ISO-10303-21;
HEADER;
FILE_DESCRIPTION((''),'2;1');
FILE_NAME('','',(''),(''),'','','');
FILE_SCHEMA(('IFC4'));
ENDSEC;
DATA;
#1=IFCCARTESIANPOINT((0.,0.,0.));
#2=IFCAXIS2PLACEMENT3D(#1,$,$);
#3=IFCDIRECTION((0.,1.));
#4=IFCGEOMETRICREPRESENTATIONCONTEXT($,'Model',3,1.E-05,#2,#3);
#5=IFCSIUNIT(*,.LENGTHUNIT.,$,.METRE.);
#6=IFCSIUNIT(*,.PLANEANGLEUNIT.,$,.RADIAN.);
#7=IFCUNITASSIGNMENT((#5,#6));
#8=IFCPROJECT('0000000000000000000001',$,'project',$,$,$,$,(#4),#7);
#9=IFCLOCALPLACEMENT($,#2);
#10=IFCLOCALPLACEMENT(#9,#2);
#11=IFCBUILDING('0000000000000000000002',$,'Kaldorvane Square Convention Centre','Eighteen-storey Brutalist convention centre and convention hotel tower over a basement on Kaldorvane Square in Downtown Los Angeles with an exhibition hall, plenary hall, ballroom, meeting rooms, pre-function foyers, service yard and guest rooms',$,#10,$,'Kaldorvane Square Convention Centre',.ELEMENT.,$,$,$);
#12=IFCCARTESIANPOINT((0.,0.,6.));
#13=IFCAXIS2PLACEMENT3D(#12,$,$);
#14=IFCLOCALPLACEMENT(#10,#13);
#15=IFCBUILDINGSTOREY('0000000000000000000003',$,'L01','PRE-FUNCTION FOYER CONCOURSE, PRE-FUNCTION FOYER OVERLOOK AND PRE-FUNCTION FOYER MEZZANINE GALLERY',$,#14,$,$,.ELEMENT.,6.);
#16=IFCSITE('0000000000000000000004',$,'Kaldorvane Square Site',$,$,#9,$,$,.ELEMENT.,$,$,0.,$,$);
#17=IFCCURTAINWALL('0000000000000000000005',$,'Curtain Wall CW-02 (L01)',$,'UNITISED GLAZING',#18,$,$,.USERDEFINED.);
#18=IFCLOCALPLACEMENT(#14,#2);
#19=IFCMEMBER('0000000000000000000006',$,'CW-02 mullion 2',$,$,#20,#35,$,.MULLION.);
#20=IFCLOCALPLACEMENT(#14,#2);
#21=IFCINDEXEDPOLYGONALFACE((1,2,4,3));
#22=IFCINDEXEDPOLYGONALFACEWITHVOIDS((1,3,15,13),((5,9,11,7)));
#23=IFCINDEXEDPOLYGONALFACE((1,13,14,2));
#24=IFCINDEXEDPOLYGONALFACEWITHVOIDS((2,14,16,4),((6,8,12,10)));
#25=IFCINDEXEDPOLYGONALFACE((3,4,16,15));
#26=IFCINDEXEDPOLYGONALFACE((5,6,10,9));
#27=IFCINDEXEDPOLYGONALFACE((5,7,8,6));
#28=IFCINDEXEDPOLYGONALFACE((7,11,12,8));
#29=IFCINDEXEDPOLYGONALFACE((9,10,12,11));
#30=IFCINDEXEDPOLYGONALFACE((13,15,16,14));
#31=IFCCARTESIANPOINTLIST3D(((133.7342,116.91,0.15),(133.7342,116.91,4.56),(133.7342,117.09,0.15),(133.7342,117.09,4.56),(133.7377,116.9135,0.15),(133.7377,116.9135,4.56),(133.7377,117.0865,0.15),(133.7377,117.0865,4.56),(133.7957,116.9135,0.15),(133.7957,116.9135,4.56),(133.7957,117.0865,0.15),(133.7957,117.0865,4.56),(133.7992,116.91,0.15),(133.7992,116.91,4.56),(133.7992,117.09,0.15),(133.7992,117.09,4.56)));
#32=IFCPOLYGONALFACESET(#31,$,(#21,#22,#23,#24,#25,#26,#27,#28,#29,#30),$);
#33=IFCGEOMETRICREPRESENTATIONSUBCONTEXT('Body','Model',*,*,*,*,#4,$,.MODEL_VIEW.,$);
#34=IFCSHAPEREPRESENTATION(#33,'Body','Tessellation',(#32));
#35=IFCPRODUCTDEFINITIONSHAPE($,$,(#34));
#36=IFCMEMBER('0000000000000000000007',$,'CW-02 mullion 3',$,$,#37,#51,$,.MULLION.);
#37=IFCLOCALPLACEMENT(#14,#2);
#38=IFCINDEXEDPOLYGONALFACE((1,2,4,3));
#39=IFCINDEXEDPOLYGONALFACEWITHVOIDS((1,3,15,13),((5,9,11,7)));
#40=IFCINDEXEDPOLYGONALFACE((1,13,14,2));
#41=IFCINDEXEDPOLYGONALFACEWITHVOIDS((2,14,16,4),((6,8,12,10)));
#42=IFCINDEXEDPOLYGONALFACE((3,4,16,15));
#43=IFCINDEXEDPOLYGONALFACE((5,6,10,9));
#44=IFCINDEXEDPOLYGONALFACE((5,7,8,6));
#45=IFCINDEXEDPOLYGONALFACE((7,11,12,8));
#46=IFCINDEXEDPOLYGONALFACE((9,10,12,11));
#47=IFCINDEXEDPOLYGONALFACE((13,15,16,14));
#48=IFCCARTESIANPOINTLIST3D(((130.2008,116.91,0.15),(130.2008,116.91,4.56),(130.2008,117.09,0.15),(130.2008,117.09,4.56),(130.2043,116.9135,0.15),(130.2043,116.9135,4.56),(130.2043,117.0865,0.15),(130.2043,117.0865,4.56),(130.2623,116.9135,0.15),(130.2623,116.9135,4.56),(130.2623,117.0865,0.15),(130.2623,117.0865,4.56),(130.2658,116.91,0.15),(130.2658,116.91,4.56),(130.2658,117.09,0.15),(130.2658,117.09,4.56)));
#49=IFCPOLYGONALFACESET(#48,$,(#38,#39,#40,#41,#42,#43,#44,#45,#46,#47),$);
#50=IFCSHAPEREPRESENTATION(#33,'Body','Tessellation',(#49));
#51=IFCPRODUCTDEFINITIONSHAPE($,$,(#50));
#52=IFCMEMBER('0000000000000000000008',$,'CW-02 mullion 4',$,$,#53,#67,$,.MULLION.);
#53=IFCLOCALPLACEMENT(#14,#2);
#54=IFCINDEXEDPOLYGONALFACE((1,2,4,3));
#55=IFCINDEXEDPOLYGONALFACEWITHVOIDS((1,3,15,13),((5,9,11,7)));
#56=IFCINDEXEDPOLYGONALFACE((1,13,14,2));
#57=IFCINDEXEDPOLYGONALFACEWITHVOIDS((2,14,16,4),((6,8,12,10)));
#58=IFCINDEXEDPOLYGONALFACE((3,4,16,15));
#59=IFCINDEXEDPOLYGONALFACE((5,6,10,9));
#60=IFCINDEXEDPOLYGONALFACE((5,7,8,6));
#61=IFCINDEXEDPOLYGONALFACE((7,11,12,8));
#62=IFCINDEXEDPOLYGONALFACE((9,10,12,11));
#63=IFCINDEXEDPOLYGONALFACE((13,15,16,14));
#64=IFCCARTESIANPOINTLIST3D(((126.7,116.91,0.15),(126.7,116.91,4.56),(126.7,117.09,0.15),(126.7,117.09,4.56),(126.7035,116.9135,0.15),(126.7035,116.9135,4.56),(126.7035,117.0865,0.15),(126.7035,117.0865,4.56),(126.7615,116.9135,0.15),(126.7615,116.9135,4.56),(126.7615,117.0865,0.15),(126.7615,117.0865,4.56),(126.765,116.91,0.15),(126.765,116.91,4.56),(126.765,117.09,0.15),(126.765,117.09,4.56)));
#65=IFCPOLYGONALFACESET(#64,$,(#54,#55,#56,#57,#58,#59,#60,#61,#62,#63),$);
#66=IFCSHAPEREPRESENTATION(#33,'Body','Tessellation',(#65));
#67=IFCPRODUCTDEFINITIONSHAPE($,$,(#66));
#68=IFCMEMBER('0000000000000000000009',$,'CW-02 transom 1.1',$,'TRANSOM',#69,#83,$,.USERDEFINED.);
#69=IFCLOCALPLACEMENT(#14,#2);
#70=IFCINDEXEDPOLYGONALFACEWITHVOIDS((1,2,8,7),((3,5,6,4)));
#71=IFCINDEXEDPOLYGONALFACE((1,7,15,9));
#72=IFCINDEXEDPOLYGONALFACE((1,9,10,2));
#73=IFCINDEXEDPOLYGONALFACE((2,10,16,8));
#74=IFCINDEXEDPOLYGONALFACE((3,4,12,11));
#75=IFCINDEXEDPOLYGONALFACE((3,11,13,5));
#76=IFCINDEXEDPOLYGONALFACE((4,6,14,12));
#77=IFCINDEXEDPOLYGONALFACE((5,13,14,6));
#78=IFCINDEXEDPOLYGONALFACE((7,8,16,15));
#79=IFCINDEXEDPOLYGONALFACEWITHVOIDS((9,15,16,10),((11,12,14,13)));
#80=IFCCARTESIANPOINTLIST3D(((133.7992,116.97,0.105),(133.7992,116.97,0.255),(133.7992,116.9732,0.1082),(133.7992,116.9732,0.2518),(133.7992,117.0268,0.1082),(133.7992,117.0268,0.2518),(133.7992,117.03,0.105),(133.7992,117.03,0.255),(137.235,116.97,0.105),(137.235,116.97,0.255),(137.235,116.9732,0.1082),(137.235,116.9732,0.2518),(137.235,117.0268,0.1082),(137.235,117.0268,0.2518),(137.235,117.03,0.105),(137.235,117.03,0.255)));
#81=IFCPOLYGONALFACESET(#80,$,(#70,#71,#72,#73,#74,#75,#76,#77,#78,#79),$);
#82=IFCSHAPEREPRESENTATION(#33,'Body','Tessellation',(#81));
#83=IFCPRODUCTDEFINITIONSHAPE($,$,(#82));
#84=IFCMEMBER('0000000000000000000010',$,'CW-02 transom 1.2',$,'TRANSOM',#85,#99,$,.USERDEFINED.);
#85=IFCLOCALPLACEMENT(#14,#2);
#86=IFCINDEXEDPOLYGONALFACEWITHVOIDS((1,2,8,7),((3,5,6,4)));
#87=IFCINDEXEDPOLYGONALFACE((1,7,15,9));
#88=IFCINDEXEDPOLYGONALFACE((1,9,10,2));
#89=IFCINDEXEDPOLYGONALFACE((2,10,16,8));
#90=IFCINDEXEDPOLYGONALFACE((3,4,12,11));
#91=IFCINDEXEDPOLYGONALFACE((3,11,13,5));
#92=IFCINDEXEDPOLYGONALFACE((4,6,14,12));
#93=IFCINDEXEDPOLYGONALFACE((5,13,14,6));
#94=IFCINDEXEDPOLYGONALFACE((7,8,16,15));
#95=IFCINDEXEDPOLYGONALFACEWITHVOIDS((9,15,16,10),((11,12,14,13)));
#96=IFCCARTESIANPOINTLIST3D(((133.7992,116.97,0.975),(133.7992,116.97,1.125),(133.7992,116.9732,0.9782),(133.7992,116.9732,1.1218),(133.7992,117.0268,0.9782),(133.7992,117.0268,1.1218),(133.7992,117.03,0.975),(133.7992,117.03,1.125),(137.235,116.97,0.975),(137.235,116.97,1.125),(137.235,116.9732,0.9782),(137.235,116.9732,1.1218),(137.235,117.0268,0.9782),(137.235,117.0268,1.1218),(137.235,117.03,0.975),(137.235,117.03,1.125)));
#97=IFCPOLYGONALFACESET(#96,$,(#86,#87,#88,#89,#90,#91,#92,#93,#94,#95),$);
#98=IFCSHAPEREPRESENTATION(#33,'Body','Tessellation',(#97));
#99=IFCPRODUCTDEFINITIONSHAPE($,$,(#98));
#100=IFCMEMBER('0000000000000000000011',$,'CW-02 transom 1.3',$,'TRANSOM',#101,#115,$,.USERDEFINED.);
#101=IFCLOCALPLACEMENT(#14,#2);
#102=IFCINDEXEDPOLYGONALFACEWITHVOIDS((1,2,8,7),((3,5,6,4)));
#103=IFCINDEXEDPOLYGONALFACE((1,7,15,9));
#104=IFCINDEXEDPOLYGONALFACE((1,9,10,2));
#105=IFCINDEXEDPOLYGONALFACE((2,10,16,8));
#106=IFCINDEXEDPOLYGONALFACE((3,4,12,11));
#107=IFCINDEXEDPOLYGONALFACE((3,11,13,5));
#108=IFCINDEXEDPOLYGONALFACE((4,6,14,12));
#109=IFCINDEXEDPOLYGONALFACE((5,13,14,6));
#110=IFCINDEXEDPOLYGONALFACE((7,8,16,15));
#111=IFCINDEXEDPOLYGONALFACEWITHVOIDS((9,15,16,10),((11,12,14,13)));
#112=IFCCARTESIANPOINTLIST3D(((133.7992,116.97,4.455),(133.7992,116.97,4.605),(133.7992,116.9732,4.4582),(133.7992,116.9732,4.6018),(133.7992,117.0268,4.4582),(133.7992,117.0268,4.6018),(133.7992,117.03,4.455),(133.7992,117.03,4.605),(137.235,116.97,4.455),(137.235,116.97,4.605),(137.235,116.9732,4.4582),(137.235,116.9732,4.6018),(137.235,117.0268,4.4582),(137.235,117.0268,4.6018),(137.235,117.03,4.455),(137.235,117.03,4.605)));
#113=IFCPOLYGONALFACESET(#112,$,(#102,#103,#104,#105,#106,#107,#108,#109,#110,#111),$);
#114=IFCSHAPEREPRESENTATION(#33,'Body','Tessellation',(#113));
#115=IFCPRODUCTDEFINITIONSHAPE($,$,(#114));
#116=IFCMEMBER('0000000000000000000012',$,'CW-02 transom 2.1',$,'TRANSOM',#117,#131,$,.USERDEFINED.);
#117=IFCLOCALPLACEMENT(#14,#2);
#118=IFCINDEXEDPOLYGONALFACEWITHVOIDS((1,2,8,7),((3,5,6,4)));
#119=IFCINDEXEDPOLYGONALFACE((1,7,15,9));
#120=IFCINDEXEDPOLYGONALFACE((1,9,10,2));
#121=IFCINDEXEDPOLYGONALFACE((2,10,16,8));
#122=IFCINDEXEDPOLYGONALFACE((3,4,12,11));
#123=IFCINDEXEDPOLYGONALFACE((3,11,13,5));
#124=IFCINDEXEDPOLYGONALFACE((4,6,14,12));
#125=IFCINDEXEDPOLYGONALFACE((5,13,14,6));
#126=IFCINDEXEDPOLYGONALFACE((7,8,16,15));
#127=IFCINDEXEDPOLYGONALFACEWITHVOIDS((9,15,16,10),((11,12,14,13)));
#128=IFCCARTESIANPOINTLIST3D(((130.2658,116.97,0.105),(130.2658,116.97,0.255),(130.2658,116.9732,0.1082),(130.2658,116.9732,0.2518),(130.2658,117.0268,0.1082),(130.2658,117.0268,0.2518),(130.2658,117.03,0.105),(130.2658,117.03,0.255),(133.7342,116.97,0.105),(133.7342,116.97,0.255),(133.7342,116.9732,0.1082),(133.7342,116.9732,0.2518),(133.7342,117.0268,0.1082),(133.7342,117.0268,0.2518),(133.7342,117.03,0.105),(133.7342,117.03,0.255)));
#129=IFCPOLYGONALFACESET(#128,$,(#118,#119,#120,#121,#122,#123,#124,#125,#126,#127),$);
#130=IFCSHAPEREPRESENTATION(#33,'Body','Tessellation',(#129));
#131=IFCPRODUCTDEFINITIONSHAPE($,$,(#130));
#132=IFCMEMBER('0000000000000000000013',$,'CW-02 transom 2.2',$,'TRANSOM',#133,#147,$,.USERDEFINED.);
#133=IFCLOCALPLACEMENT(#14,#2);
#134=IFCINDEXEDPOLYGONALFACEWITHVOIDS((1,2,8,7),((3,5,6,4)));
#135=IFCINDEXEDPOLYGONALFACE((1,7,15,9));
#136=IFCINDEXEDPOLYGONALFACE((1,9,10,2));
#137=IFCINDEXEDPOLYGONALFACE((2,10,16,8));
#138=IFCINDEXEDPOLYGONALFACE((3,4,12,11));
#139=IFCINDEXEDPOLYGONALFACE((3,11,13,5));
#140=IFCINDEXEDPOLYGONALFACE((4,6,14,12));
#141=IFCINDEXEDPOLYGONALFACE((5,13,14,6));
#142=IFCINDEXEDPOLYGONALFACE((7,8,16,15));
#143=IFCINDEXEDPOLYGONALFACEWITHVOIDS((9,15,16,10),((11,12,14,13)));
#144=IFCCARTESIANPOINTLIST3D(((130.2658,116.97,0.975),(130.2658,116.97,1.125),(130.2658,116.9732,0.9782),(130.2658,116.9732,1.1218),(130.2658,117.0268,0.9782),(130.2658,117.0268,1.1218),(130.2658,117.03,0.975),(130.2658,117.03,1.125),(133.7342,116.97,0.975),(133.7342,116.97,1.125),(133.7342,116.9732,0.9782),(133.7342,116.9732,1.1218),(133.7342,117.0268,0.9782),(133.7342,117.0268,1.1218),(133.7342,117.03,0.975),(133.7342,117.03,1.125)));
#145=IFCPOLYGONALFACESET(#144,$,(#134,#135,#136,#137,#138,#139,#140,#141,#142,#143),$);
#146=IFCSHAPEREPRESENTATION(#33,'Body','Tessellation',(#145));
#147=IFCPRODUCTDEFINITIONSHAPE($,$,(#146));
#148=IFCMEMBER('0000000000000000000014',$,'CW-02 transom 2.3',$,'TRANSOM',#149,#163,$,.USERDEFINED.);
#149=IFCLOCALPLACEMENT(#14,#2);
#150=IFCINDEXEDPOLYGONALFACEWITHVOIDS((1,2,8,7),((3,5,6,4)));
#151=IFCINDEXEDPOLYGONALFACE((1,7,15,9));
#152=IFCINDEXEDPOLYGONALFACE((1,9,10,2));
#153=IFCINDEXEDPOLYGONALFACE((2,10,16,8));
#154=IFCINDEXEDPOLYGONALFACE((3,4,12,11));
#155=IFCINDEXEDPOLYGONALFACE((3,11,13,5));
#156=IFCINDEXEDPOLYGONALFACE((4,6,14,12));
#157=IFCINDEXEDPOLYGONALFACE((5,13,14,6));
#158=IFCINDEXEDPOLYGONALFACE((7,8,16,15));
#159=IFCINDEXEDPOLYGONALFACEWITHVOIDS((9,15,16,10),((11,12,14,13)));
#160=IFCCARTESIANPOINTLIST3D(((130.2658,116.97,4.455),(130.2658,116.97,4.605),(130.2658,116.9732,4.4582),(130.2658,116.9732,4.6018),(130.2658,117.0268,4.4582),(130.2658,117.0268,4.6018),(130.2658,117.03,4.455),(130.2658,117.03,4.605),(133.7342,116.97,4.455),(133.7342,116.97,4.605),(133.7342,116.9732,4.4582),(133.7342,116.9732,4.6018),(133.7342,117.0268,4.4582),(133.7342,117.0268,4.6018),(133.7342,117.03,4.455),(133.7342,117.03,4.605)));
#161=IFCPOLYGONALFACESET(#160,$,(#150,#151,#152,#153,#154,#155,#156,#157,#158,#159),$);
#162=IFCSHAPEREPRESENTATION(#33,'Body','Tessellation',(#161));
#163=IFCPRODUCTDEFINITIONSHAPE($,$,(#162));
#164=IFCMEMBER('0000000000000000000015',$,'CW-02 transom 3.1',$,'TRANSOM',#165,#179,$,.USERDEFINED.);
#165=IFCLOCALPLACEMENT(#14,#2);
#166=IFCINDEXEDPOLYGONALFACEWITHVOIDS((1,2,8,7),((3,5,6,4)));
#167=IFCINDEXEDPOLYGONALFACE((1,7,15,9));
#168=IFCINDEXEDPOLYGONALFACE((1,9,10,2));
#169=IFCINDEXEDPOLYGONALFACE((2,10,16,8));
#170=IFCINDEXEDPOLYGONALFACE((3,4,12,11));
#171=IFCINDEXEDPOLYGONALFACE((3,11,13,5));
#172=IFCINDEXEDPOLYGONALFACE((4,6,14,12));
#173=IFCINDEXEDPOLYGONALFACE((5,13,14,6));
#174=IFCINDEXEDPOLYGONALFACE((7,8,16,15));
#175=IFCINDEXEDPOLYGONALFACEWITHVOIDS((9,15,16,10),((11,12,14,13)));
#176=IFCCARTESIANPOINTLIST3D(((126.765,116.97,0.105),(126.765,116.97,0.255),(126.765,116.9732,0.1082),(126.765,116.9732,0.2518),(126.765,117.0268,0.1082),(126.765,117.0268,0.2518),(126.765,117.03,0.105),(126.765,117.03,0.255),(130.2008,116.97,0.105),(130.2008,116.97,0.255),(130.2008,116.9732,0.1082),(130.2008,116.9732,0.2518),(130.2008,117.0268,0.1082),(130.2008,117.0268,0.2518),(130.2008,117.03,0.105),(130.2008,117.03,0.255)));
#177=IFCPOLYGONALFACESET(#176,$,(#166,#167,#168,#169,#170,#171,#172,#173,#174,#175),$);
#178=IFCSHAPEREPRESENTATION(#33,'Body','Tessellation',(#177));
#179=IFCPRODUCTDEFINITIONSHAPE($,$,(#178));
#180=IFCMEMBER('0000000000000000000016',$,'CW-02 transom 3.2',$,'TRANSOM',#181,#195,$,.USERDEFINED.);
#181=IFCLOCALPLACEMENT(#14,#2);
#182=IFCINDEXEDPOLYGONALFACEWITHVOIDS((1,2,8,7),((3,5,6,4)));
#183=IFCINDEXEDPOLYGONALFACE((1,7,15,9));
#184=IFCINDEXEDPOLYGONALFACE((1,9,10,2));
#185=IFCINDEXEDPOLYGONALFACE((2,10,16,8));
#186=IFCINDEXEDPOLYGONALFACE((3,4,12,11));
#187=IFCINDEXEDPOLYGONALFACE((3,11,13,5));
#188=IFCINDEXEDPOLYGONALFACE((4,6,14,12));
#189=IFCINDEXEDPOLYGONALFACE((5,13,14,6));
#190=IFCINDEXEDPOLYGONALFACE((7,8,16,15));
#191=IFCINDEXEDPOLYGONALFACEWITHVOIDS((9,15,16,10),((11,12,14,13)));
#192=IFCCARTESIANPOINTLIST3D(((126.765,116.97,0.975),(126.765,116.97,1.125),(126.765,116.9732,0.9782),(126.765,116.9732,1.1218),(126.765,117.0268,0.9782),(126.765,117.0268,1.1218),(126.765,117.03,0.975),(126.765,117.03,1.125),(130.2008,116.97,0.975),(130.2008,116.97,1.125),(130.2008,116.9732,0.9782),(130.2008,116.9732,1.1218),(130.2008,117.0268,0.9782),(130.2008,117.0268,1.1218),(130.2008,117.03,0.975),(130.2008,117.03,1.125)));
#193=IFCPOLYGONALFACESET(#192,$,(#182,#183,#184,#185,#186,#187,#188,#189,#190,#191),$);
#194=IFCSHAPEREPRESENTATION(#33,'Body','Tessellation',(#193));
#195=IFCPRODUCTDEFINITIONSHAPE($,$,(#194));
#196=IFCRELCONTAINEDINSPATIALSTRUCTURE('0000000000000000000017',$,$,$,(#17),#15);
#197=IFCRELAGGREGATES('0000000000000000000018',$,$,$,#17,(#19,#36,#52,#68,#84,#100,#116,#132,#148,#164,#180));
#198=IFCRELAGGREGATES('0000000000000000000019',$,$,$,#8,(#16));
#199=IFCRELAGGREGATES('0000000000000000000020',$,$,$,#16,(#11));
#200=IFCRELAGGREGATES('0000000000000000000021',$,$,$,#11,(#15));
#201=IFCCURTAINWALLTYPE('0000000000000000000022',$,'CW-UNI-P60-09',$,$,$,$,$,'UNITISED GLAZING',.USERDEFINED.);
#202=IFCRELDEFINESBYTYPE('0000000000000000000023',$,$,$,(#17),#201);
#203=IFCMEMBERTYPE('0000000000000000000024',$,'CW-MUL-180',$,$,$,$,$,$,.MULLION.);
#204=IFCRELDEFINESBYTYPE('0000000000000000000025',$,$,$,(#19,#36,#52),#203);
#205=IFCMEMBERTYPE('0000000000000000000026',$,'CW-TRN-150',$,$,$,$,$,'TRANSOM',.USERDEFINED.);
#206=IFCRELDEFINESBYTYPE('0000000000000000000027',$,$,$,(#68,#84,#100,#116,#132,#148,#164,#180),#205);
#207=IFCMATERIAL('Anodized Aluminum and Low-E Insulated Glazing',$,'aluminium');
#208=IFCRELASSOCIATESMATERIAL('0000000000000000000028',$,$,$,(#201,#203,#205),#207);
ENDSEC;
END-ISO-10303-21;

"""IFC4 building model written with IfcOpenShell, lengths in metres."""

from ifc_helpers import new_model, si_unit, direction, frame, origin, origin_2d, place, context, subcontext, project, spatial, hollow_rectangle, extrude, material, material_profile, profile_set, type_object, element, aggregate, save


model = new_model("IFC4")

# Units and contexts
model_context = context("Model", 3, precision=1e-05, world=origin(), true_north=direction((0.0, 1.0)))
body_context = subcontext(model_context, "Body", "Model", "MODEL_VIEW")
ifc_project = project(units=[si_unit("LENGTHUNIT", "METRE"), si_unit("PLANEANGLEUNIT", "RADIAN")], contexts=[model_context])

# Site, building, storey
site_placement = place(None, origin())
site = spatial("IfcSite", under=ifc_project, at=site_placement, Name="Kaldorvane Square Site", CompositionType="ELEMENT", RefElevation=0.0)
building_placement = place(site_placement, origin())
building = spatial("IfcBuilding", under=site, at=building_placement, Name="Kaldorvane Square Convention Centre", Description="Eighteen-storey Brutalist convention centre and convention hotel tower over a basement on Kaldorvane Square in Downtown Los Angeles with an exhibition hall, plenary hall, ballroom, meeting rooms, pre-function foyers, service yard and guest rooms", LongName="Kaldorvane Square Convention Centre", CompositionType="ELEMENT")
storey_placement = place(building_placement, frame((0.0, 0.0, 6.0)))
storey = spatial("IfcBuildingStorey", under=building, at=storey_placement, Name="L01", Description="PRE-FUNCTION FOYER CONCOURSE, PRE-FUNCTION FOYER OVERLOOK AND PRE-FUNCTION FOYER MEZZANINE GALLERY", CompositionType="ELEMENT", Elevation=6.0)

# Curtain wall, members
ifc_material_1 = material(Name="Anodized Aluminum and Low-E Insulated Glazing", Category="aluminium")
curtain_wall_type = type_object("IfcCurtainWallType", Name="CW-UNI-P60-09", ElementType="UNITISED GLAZING", PredefinedType="USERDEFINED", material=ifc_material_1)
curtain_wall_placement = place(storey_placement, origin())
curtain_wall = element("IfcCurtainWall", 1, at=curtain_wall_placement, inside=storey, type_object=curtain_wall_type, Name="Curtain Wall CW-02 (L01)", ObjectType="UNITISED GLAZING", PredefinedType="USERDEFINED")
ifc_material_profile_1 = material_profile(ifc_material_1, hollow_rectangle(XDim=0.065, YDim=0.18, WallThickness=0.0035, at=origin_2d()), Name="CWM-180X65")
ifc_profile_set_1 = profile_set([ifc_material_profile_1], Name="Anodized Aluminum and Low-E Insulated Glazing")
member_type_1 = type_object("IfcMemberType", Name="CW-MUL-180", PredefinedType="MULLION", material=ifc_profile_set_1)
member_1_placement = place(storey_placement, frame((133.7667, 117.0, 0.15), z_axis=(0.0, 0.0, 1.0), x_axis=(-1.0, 0.0, 0.0)))
member_1 = element("IfcMember", 2, at=member_1_placement, type_object=member_type_1, Name="CW-02 mullion 2", PredefinedType="MULLION", context=body_context, shape_type="SweptSolid", body=[
    extrude(hollow_rectangle(XDim=0.065, YDim=0.18, WallThickness=0.0035, at=origin_2d()), origin(), (0.0, 0.0, 1.0), 4.41),
])
member_2_placement = place(storey_placement, frame((130.2333, 117.0, 0.15), z_axis=(0.0, 0.0, 1.0), x_axis=(-1.0, 0.0, 0.0)))
member_2 = element("IfcMember", 3, at=member_2_placement, type_object=member_type_1, Name="CW-02 mullion 3", PredefinedType="MULLION", context=body_context, shape_type="SweptSolid", body=[
    extrude(hollow_rectangle(XDim=0.065, YDim=0.18, WallThickness=0.0035, at=origin_2d()), origin(), (0.0, 0.0, 1.0), 4.41),
])
member_3_placement = place(storey_placement, frame((126.7325, 117.0, 0.15), z_axis=(0.0, 0.0, 1.0), x_axis=(-1.0, 0.0, 0.0)))
member_3 = element("IfcMember", 4, at=member_3_placement, type_object=member_type_1, Name="CW-02 mullion 4", PredefinedType="MULLION", context=body_context, shape_type="SweptSolid", body=[
    extrude(hollow_rectangle(XDim=0.065, YDim=0.18, WallThickness=0.0035, at=origin_2d()), origin(), (0.0, 0.0, 1.0), 4.41),
])
ifc_material_profile_2 = material_profile(ifc_material_1, hollow_rectangle(XDim=0.06, YDim=0.15, WallThickness=0.0032, at=origin_2d()), Name="CWT-150X60")
ifc_profile_set_2 = profile_set([ifc_material_profile_2], Name="Anodized Aluminum and Low-E Insulated Glazing")
member_type_2 = type_object("IfcMemberType", Name="CW-TRN-150", ElementType="TRANSOM", PredefinedType="USERDEFINED", material=ifc_profile_set_2)
member_4_placement = place(storey_placement, frame((137.235, 117.0, 0.18), z_axis=(-1.0, 0.0, 0.0), x_axis=(0.0, -1.0, 0.0)))
member_4 = element("IfcMember", 5, at=member_4_placement, type_object=member_type_2, Name="CW-02 transom 1.1", ObjectType="TRANSOM", PredefinedType="USERDEFINED", context=body_context, shape_type="SweptSolid", body=[
    extrude(hollow_rectangle(XDim=0.06, YDim=0.15, WallThickness=0.0032, at=origin_2d()), origin(), (0.0, 0.0, 1.0), 3.4358),
])
member_5_placement = place(storey_placement, frame((137.235, 117.0, 1.05), z_axis=(-1.0, 0.0, 0.0), x_axis=(0.0, -1.0, 0.0)))
member_5 = element("IfcMember", 6, at=member_5_placement, type_object=member_type_2, Name="CW-02 transom 1.2", ObjectType="TRANSOM", PredefinedType="USERDEFINED", context=body_context, shape_type="SweptSolid", body=[
    extrude(hollow_rectangle(XDim=0.06, YDim=0.15, WallThickness=0.0032, at=origin_2d()), origin(), (0.0, 0.0, 1.0), 3.4358),
])
member_6_placement = place(storey_placement, frame((137.235, 117.0, 4.53), z_axis=(-1.0, 0.0, 0.0), x_axis=(0.0, -1.0, 0.0)))
member_6 = element("IfcMember", 7, at=member_6_placement, type_object=member_type_2, Name="CW-02 transom 1.3", ObjectType="TRANSOM", PredefinedType="USERDEFINED", context=body_context, shape_type="SweptSolid", body=[
    extrude(hollow_rectangle(XDim=0.06, YDim=0.15, WallThickness=0.0032, at=origin_2d()), origin(), (0.0, 0.0, 1.0), 3.4358),
])
member_7_placement = place(storey_placement, frame((133.7342, 117.0, 0.18), z_axis=(-1.0, 0.0, 0.0), x_axis=(0.0, -1.0, 0.0)))
member_7 = element("IfcMember", 8, at=member_7_placement, type_object=member_type_2, Name="CW-02 transom 2.1", ObjectType="TRANSOM", PredefinedType="USERDEFINED", context=body_context, shape_type="SweptSolid", body=[
    extrude(hollow_rectangle(XDim=0.06, YDim=0.15, WallThickness=0.0032, at=origin_2d()), origin(), (0.0, 0.0, 1.0), 3.4683),
])
member_8_placement = place(storey_placement, frame((133.7342, 117.0, 1.05), z_axis=(-1.0, 0.0, 0.0), x_axis=(0.0, -1.0, 0.0)))
member_8 = element("IfcMember", 9, at=member_8_placement, type_object=member_type_2, Name="CW-02 transom 2.2", ObjectType="TRANSOM", PredefinedType="USERDEFINED", context=body_context, shape_type="SweptSolid", body=[
    extrude(hollow_rectangle(XDim=0.06, YDim=0.15, WallThickness=0.0032, at=origin_2d()), origin(), (0.0, 0.0, 1.0), 3.4683),
])
member_9_placement = place(storey_placement, frame((133.7342, 117.0, 4.53), z_axis=(-1.0, 0.0, 0.0), x_axis=(0.0, -1.0, 0.0)))
member_9 = element("IfcMember", 10, at=member_9_placement, type_object=member_type_2, Name="CW-02 transom 2.3", ObjectType="TRANSOM", PredefinedType="USERDEFINED", context=body_context, shape_type="SweptSolid", body=[
    extrude(hollow_rectangle(XDim=0.06, YDim=0.15, WallThickness=0.0032, at=origin_2d()), origin(), (0.0, 0.0, 1.0), 3.4683),
])
member_10_placement = place(storey_placement, frame((130.2008, 117.0, 0.18), z_axis=(-1.0, 0.0, 0.0), x_axis=(0.0, -1.0, 0.0)))
member_10 = element("IfcMember", 11, at=member_10_placement, type_object=member_type_2, Name="CW-02 transom 3.1", ObjectType="TRANSOM", PredefinedType="USERDEFINED", context=body_context, shape_type="SweptSolid", body=[
    extrude(hollow_rectangle(XDim=0.06, YDim=0.15, WallThickness=0.0032, at=origin_2d()), origin(), (0.0, 0.0, 1.0), 3.4358),
])
member_11_placement = place(storey_placement, frame((130.2008, 117.0, 1.05), z_axis=(-1.0, 0.0, 0.0), x_axis=(0.0, -1.0, 0.0)))
member_11 = element("IfcMember", 12, at=member_11_placement, type_object=member_type_2, Name="CW-02 transom 3.2", ObjectType="TRANSOM", PredefinedType="USERDEFINED", context=body_context, shape_type="SweptSolid", body=[
    extrude(hollow_rectangle(XDim=0.06, YDim=0.15, WallThickness=0.0032, at=origin_2d()), origin(), (0.0, 0.0, 1.0), 3.4358),
])
aggregate(curtain_wall, [member_1, member_2, member_3, member_4, member_5, member_6, member_7, member_8, member_9, member_10, member_11])

save(model, "model.ifc")
